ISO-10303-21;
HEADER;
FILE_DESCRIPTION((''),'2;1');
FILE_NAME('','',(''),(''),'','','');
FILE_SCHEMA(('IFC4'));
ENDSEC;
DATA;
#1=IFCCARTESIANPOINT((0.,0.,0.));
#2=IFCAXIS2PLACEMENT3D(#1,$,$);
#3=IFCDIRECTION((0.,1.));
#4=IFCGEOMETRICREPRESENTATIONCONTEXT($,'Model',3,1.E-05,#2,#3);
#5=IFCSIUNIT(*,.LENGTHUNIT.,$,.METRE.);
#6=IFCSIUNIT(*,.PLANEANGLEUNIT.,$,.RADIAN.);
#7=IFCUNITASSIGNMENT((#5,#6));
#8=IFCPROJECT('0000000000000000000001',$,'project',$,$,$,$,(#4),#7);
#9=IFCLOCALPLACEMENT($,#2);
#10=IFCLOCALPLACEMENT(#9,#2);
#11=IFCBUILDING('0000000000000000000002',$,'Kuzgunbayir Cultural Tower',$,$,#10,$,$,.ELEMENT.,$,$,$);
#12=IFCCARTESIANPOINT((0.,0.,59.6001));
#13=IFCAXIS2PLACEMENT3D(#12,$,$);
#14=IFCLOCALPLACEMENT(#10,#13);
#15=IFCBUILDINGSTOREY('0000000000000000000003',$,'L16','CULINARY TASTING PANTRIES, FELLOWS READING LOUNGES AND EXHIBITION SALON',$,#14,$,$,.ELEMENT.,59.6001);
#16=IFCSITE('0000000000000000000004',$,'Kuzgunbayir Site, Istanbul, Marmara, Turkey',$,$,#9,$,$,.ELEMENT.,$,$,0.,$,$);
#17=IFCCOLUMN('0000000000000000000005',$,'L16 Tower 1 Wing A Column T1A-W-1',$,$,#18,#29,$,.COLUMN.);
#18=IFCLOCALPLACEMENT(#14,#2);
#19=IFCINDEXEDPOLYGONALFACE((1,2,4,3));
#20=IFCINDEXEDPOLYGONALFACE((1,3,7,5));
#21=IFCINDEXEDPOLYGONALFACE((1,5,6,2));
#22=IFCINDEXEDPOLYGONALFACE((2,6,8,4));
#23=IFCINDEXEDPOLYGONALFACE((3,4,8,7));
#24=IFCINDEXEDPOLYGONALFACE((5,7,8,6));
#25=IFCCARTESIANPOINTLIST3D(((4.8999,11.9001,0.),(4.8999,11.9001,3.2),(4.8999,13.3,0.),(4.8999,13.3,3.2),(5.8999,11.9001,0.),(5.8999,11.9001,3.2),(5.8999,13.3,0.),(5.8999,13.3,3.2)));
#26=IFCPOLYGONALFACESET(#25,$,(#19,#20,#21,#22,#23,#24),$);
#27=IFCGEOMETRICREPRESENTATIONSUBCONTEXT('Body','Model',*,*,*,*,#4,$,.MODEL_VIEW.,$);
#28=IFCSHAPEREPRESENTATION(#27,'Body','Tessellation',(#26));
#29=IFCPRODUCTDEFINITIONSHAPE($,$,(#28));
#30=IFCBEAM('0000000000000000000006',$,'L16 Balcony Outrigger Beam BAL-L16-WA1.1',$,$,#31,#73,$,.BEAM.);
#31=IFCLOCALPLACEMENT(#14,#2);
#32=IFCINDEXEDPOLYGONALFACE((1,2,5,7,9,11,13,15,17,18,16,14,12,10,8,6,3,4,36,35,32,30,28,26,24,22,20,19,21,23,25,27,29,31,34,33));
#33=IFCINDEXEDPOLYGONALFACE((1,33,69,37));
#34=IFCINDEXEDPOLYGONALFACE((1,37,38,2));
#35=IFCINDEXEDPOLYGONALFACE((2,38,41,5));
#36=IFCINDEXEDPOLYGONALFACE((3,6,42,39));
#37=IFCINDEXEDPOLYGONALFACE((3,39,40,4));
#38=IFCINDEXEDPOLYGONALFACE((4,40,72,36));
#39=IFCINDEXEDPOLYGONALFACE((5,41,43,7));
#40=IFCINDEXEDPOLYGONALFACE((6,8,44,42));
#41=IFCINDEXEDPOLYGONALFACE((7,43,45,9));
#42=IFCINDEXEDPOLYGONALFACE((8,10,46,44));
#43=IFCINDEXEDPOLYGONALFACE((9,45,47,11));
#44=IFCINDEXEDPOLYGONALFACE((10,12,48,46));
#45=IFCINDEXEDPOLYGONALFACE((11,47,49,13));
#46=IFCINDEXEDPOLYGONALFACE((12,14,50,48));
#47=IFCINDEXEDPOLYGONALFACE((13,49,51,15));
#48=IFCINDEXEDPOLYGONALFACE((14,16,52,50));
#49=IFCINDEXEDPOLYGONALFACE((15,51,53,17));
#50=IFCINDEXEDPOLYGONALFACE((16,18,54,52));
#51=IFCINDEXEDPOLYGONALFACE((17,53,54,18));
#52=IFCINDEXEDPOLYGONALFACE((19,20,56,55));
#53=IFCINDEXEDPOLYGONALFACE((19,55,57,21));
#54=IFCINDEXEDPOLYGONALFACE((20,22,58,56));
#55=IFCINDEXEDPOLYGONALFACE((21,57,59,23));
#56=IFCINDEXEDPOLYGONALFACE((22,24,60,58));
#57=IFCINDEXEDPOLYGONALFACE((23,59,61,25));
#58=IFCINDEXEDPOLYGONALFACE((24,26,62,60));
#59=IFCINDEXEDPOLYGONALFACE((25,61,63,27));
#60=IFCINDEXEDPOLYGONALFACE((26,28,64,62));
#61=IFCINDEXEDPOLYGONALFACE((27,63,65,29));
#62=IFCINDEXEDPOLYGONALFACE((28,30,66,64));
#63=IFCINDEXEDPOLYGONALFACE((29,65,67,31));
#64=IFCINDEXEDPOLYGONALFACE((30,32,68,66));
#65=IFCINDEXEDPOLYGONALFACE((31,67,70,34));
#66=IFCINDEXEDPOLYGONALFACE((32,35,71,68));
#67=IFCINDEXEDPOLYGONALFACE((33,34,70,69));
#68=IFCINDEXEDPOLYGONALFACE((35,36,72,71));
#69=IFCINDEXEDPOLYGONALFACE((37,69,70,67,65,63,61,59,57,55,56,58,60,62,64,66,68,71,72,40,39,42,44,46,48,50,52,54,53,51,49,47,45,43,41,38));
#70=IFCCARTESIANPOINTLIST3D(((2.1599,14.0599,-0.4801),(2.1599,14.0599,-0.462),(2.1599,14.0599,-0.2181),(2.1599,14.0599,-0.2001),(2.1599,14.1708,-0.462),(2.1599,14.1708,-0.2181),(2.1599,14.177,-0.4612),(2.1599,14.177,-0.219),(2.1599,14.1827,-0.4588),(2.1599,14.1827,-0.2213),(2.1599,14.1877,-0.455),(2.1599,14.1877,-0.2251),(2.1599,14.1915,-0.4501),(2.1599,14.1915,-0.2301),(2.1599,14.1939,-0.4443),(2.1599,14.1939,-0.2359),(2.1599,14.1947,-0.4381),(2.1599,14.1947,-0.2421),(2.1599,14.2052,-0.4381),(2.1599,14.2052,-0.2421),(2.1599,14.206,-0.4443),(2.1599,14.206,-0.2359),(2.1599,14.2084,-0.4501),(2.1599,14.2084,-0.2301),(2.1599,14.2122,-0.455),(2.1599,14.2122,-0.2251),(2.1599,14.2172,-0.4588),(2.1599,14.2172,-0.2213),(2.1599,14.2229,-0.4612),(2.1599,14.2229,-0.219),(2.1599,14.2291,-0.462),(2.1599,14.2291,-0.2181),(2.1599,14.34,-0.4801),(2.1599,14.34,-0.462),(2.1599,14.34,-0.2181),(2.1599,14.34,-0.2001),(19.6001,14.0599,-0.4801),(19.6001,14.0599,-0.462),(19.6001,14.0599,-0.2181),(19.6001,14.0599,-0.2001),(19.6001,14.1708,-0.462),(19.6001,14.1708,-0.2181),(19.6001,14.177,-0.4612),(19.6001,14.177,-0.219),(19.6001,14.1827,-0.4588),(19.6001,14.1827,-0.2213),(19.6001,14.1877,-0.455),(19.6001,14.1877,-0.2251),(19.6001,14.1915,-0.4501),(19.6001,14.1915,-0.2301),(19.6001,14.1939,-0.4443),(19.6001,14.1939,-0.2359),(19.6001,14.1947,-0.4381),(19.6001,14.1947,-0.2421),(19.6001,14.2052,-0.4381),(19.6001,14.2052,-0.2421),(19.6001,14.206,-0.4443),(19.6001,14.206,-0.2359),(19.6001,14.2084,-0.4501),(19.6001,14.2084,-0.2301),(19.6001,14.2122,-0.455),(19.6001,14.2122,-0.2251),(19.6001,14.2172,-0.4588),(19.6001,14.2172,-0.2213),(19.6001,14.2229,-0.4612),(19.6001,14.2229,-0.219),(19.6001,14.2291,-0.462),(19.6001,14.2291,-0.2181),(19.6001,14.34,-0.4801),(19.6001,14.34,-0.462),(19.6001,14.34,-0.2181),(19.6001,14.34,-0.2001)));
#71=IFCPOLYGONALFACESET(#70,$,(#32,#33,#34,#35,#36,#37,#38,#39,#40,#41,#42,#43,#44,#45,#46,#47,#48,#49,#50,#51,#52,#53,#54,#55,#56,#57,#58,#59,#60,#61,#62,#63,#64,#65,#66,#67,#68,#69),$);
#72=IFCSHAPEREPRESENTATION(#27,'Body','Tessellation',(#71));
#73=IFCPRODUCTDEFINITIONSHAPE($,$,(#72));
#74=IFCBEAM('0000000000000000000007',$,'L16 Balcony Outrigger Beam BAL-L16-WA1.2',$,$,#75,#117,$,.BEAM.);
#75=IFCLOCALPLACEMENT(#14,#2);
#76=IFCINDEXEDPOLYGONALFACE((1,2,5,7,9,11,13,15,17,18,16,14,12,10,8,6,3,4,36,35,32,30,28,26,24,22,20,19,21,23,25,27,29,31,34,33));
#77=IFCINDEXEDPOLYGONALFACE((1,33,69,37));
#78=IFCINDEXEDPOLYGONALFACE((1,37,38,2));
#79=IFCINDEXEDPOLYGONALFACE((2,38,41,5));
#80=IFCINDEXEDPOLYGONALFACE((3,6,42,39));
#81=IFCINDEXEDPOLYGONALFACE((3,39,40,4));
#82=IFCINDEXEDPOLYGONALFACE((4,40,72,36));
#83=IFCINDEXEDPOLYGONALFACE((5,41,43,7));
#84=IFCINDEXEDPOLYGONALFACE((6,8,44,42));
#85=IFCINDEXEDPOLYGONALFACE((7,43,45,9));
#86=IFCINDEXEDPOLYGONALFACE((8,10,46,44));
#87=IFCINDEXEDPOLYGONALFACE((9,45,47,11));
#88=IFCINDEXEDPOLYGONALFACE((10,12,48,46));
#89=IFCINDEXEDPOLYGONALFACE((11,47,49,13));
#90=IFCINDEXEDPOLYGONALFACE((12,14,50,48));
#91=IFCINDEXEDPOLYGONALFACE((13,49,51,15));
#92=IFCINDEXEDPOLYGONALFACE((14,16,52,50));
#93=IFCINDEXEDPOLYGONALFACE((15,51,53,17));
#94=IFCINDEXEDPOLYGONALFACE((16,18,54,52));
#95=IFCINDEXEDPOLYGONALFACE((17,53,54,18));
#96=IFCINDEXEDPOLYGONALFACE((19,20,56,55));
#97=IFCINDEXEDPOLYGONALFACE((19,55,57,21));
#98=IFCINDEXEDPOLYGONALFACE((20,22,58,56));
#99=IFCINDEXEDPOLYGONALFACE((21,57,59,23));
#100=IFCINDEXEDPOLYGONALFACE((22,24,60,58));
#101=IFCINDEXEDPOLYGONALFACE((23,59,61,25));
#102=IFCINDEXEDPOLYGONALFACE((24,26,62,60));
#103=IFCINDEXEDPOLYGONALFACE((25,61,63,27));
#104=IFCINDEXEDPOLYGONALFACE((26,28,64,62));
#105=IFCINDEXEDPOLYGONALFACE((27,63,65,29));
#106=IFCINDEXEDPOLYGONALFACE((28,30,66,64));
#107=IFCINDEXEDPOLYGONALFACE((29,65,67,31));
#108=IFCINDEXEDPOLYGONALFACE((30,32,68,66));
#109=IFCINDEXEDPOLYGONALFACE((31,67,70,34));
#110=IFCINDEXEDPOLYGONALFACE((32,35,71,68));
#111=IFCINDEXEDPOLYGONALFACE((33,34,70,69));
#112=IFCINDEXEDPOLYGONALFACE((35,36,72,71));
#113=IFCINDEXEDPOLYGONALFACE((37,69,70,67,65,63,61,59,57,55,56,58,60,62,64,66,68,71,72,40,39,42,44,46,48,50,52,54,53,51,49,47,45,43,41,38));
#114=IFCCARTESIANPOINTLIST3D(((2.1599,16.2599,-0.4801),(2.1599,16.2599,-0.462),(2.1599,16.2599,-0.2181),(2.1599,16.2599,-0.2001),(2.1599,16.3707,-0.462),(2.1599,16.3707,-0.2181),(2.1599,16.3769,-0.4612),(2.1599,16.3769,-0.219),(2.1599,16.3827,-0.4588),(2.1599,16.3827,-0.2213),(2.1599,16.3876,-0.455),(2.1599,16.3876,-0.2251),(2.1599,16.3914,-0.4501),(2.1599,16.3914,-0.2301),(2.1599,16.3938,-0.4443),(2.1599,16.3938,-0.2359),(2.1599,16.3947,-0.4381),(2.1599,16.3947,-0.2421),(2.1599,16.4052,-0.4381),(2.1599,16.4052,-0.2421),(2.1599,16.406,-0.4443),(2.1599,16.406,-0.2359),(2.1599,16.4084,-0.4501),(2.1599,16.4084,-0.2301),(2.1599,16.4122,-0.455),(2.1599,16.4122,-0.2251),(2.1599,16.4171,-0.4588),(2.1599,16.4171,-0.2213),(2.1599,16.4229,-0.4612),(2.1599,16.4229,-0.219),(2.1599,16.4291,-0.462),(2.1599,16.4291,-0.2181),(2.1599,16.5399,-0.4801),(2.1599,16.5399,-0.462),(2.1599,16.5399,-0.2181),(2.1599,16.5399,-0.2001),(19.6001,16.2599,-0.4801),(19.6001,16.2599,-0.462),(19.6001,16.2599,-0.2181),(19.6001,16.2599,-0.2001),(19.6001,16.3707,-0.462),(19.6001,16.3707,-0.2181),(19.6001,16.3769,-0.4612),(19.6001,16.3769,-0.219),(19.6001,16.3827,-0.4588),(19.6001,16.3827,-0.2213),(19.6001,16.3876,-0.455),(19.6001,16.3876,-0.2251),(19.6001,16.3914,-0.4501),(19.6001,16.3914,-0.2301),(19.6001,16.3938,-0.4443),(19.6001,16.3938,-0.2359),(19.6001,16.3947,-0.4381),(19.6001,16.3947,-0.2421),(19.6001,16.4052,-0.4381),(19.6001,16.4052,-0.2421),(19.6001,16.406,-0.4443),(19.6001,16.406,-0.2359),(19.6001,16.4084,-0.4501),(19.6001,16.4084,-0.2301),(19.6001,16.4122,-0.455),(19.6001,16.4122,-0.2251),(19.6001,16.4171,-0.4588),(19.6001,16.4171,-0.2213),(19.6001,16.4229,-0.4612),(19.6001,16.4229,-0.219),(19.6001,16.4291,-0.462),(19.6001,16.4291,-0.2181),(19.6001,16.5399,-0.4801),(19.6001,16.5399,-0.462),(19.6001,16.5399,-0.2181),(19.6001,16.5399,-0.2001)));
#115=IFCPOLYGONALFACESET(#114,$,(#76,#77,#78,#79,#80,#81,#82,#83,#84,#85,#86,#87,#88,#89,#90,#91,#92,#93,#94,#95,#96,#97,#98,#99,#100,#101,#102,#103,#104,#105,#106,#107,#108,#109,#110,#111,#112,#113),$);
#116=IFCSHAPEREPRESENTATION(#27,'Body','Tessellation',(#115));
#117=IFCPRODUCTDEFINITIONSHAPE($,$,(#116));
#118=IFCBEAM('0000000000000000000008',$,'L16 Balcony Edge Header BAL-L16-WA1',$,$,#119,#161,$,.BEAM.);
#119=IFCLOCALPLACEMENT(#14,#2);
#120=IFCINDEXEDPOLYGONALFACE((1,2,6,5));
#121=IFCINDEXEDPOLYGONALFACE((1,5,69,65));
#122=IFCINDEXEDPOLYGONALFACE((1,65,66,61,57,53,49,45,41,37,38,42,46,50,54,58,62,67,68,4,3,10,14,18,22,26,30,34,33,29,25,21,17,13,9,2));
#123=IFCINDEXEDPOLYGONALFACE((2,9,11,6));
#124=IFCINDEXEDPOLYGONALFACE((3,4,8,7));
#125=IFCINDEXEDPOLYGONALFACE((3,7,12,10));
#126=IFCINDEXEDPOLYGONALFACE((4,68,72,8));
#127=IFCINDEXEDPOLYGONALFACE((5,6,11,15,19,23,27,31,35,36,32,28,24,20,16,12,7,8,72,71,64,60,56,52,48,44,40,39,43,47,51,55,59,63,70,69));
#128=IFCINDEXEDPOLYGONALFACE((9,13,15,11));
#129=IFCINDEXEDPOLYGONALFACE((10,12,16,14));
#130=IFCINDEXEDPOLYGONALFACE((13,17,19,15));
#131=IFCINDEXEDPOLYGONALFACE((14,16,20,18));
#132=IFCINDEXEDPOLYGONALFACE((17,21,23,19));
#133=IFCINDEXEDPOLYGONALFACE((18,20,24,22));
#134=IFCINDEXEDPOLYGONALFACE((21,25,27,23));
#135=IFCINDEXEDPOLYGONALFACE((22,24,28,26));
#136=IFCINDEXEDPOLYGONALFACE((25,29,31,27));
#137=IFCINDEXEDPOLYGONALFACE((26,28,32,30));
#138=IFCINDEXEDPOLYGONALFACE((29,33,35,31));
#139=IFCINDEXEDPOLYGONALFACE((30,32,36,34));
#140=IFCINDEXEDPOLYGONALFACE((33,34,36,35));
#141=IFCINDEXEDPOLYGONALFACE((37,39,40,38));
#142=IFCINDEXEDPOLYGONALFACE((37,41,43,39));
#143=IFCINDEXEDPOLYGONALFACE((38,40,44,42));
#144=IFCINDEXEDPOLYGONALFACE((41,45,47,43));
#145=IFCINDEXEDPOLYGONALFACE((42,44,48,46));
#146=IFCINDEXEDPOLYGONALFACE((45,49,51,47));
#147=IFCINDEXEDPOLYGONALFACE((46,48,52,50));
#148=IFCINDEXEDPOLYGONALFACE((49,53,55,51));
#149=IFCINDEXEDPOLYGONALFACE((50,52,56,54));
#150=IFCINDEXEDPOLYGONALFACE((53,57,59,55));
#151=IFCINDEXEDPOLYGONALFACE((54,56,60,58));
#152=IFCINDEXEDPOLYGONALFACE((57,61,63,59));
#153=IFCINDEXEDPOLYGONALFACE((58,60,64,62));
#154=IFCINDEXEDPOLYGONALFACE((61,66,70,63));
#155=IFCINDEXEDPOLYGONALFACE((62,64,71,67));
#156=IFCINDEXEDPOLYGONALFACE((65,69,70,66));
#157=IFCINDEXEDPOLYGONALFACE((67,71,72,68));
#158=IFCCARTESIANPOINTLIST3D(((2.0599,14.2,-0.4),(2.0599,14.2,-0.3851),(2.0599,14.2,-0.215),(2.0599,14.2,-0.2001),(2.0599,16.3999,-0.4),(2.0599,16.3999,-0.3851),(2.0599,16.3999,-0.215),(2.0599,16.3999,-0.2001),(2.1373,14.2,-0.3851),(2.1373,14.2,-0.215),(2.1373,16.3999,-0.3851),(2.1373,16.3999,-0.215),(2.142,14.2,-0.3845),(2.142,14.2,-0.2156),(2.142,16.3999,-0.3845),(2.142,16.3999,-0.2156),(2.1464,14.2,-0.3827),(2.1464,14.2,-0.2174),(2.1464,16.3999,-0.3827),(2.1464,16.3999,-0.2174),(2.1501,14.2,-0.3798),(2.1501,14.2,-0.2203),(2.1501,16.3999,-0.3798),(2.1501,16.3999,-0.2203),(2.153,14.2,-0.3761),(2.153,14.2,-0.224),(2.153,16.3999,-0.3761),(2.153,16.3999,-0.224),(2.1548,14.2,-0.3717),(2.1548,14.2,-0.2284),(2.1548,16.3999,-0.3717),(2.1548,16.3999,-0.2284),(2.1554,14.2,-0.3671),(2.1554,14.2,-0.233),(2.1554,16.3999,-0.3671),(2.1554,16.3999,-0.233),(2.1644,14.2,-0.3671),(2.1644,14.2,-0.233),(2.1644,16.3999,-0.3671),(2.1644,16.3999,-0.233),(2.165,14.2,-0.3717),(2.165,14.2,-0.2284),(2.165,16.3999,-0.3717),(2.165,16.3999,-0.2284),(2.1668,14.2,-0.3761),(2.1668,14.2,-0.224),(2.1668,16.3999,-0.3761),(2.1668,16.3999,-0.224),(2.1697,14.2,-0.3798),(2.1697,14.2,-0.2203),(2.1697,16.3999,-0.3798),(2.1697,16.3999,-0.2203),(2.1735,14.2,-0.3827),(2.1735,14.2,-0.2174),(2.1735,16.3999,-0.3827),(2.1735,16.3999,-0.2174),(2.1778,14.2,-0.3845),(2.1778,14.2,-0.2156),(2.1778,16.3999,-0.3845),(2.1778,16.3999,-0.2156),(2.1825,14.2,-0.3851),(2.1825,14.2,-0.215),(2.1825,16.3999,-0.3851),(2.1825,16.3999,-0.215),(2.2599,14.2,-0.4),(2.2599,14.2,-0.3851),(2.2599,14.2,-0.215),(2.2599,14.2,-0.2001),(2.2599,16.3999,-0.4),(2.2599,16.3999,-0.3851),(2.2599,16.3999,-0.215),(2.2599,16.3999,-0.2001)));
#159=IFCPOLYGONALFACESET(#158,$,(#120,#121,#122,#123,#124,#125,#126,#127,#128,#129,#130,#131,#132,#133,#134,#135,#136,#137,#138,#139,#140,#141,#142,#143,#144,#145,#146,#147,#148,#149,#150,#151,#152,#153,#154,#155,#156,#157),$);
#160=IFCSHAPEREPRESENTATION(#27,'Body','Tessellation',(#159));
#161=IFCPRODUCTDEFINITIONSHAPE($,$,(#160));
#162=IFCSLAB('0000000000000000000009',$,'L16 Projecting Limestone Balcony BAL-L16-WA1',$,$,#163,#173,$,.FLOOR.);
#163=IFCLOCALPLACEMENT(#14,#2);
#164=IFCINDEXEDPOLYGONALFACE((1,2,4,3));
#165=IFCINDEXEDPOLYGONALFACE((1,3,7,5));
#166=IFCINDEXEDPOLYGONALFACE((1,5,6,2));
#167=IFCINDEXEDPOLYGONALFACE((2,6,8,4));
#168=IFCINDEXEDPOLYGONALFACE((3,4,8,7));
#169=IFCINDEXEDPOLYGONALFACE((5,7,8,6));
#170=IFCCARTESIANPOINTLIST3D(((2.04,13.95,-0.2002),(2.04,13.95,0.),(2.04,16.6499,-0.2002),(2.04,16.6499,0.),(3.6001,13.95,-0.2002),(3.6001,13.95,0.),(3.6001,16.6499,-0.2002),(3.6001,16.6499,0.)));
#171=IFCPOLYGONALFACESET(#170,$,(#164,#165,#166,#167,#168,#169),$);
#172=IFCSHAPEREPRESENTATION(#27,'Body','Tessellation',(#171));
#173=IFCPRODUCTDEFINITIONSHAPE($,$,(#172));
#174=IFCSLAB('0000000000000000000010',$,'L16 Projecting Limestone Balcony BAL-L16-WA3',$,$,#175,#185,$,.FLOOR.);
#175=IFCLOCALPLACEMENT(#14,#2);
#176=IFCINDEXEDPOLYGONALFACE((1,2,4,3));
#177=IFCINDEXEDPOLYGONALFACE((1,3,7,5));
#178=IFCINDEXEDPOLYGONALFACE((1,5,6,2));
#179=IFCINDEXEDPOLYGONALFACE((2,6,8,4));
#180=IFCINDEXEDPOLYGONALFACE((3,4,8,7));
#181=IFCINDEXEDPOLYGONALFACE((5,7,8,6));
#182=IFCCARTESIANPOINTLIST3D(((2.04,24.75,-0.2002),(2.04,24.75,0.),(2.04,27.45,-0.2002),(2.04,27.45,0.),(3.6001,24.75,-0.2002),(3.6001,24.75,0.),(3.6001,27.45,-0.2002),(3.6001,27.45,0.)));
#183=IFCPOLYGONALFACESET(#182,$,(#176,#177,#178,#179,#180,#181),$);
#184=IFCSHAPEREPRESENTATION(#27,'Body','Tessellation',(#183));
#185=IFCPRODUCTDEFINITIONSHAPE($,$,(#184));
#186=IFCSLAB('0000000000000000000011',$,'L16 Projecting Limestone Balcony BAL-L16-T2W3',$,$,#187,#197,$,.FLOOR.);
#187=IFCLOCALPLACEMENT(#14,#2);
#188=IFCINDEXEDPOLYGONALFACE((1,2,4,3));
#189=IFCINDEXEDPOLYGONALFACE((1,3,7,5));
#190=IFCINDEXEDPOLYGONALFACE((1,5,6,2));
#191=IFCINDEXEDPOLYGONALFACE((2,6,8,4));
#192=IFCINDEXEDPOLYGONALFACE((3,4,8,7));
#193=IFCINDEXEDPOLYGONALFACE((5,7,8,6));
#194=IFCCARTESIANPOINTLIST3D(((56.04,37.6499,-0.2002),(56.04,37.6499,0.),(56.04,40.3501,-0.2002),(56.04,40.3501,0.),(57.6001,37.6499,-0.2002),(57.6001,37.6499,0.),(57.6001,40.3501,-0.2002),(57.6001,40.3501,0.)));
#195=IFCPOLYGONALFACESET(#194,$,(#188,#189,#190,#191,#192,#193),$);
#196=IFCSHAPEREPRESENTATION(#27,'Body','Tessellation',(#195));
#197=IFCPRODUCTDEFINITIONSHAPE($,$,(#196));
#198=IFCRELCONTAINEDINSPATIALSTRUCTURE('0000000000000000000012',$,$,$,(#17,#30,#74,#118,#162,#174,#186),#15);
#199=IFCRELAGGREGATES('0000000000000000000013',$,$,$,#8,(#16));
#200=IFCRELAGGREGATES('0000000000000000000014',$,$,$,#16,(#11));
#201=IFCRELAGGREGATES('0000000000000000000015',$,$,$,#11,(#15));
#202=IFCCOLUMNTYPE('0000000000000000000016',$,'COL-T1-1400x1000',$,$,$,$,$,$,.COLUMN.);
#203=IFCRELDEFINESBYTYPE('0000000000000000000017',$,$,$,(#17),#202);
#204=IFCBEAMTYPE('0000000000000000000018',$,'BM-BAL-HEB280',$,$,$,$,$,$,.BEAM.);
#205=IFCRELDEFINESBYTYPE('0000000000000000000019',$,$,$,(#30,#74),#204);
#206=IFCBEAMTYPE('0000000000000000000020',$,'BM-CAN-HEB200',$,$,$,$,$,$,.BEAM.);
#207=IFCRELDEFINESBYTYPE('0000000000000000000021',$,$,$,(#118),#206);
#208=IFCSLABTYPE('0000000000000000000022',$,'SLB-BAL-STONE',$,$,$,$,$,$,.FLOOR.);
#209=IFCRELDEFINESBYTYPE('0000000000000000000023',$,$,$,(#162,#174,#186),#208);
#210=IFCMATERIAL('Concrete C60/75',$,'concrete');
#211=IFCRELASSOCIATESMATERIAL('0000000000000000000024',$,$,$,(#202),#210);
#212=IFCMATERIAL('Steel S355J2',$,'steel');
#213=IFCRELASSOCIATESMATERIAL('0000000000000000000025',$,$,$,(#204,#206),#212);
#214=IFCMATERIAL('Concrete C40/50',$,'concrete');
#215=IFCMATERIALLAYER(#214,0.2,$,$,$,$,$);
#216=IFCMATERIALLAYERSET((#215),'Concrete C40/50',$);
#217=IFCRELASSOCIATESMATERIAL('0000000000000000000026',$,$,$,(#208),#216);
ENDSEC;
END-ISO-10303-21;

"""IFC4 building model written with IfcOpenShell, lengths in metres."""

from ifc_helpers import new_model, si_unit, direction, frame, origin, origin_2d, place, context, subcontext, project, spatial, polyline, rectangle, i_section, outline, extrude, material, layer, layer_set, material_profile, profile_set, type_object, element, save


model = new_model("IFC4")

# Units and contexts
model_context = context("Model", 3, precision=1e-05, world=origin(), true_north=direction((0.0, 1.0)))
body_context = subcontext(model_context, "Body", "Model", "MODEL_VIEW")
ifc_project = project(units=[si_unit("LENGTHUNIT", "METRE"), si_unit("PLANEANGLEUNIT", "RADIAN")], contexts=[model_context])

# Site, building, storey
site_placement = place(None, origin())
site = spatial("IfcSite", under=ifc_project, at=site_placement, Name="Kuzgunbayir Site, Istanbul, Marmara, Turkey", CompositionType="ELEMENT", RefElevation=0.0)
building_placement = place(site_placement, origin())
building = spatial("IfcBuilding", under=site, at=building_placement, Name="Kuzgunbayir Cultural Tower", CompositionType="ELEMENT")
storey_placement = place(building_placement, frame((0.0, 0.0, 59.6001)))
storey = spatial("IfcBuildingStorey", under=building, at=storey_placement, Name="L16", Description="CULINARY TASTING PANTRIES, FELLOWS READING LOUNGES AND EXHIBITION SALON", CompositionType="ELEMENT", Elevation=59.6001)

# Column
ifc_material_1 = material(Name="Concrete C60/75", Category="concrete")
ifc_material_profile_1 = material_profile(ifc_material_1, rectangle(XDim=1.0, YDim=1.3999, at=origin_2d()), Name="RC 1400x1000")
ifc_profile_set_1 = profile_set([ifc_material_profile_1], Name="Concrete C60/75")
column_type = type_object("IfcColumnType", Name="COL-T1-1400x1000", PredefinedType="COLUMN", material=ifc_profile_set_1)
column_placement = place(storey_placement, frame((5.3999, 12.6001, 0.0), z_axis=(0.0, 0.0, 1.0), x_axis=(1.0, 0.0, 0.0)))
element("IfcColumn", 1, at=column_placement, inside=storey, type_object=column_type, Name="L16 Tower 1 Wing A Column T1A-W-1", PredefinedType="COLUMN", context=body_context, shape_type="SweptSolid", body=[
    extrude(rectangle(XDim=1.0, YDim=1.3999, at=origin_2d()), origin(), (0.0, 0.0, 1.0), 3.2),
])

# Beams
ifc_material_2 = material(Name="Steel S355J2", Category="steel")
ifc_material_profile_2 = material_profile(ifc_material_2, i_section(OverallWidth=0.28, OverallDepth=0.28, WebThickness=0.0105, FlangeThickness=0.0181, FilletRadius=0.0239, at=origin_2d()), Name="HEB 280")
ifc_profile_set_2 = profile_set([ifc_material_profile_2], Name="Steel S355J2")
beam_type_1 = type_object("IfcBeamType", Name="BM-BAL-HEB280", PredefinedType="BEAM", material=ifc_profile_set_2)
for number, where, z_axis, x_axis, name in (
    (2, (2.1599, 14.2, -0.3401), (1.0, 0.0, 0.0), (0.0, 1.0, 0.0), "L16 Balcony Outrigger Beam BAL-L16-WA1.1"),
    (3, (2.1599, 16.3999, -0.3401), (1.0, 0.0, 0.0), (0.0, 1.0, 0.0), "L16 Balcony Outrigger Beam BAL-L16-WA1.2"),
):
    element("IfcBeam", number, at=place(storey_placement, frame(where, z_axis=z_axis, x_axis=x_axis)), inside=storey, type_object=beam_type_1, Name=name, PredefinedType="BEAM", context=body_context, shape_type="SweptSolid", body=[
        extrude(i_section(OverallWidth=0.28, OverallDepth=0.28, WebThickness=0.0105, FlangeThickness=0.0181, FilletRadius=0.0239, at=origin_2d()), origin(), (0.0, 0.0, 1.0), 17.4402),
    ])
ifc_material_profile_3 = material_profile(ifc_material_2, i_section(OverallWidth=0.2, OverallDepth=0.2, WebThickness=0.009, FlangeThickness=0.0149, FilletRadius=0.0181, at=origin_2d()), Name="HEB 200")
ifc_profile_set_3 = profile_set([ifc_material_profile_3], Name="Steel S355J2")
beam_type_2 = type_object("IfcBeamType", Name="BM-CAN-HEB200", PredefinedType="BEAM", material=ifc_profile_set_3)
beam_placement = place(storey_placement, frame((2.1599, 14.2, -0.3), z_axis=(0.0, 1.0, 0.0), x_axis=(-1.0, 0.0, 0.0)))
element("IfcBeam", 4, at=beam_placement, inside=storey, type_object=beam_type_2, Name="L16 Balcony Edge Header BAL-L16-WA1", PredefinedType="BEAM", context=body_context, shape_type="SweptSolid", body=[
    extrude(i_section(OverallWidth=0.2, OverallDepth=0.2, WebThickness=0.009, FlangeThickness=0.0149, FilletRadius=0.0181, at=origin_2d()), origin(), (0.0, 0.0, 1.0), 2.2),
])

# Slabs
ifc_material_3 = material(Name="Concrete C40/50", Category="concrete")
ifc_layer_1 = layer(ifc_material_3, 0.2)
ifc_layer_set_1 = layer_set([ifc_layer_1], Name="Concrete C40/50")
slab_type_1 = type_object("IfcSlabType", Name="SLB-BAL-STONE", PredefinedType="FLOOR", material=ifc_layer_set_1)
slab_1_placement = place(storey_placement, frame((0.0, 0.0, -0.2002)))
element("IfcSlab", 5, at=slab_1_placement, inside=storey, type_object=slab_type_1, Name="L16 Projecting Limestone Balcony BAL-L16-WA1", PredefinedType="FLOOR", context=body_context, shape_type="SweptSolid", body=[
    extrude(outline(polyline([(2.04, 13.95), (3.6001, 13.95), (3.6001, 16.6499), (2.04, 16.6499), (2.04, 13.95)])), origin(), (0.0, 0.0, 1.0), 0.2002),
])
slab_2_placement = place(storey_placement, frame((0.0, 0.0, -0.2002)))
element("IfcSlab", 6, at=slab_2_placement, inside=storey, type_object=slab_type_1, Name="L16 Projecting Limestone Balcony BAL-L16-WA3", PredefinedType="FLOOR", context=body_context, shape_type="SweptSolid", body=[
    extrude(outline(polyline([(2.04, 24.75), (3.6001, 24.75), (3.6001, 27.45), (2.04, 27.45), (2.04, 24.75)])), origin(), (0.0, 0.0, 1.0), 0.2002),
])
slab_3_placement = place(storey_placement, frame((0.0, 0.0, -0.2002)))
element("IfcSlab", 7, at=slab_3_placement, inside=storey, type_object=slab_type_1, Name="L16 Projecting Limestone Balcony BAL-L16-T2W3", PredefinedType="FLOOR", context=body_context, shape_type="SweptSolid", body=[
    extrude(outline(polyline([(56.04, 37.6499), (57.6001, 37.6499), (57.6001, 40.3501), (56.04, 40.3501), (56.04, 37.6499)])), origin(), (0.0, 0.0, 1.0), 0.2002),
])

save(model, "model.ifc")
